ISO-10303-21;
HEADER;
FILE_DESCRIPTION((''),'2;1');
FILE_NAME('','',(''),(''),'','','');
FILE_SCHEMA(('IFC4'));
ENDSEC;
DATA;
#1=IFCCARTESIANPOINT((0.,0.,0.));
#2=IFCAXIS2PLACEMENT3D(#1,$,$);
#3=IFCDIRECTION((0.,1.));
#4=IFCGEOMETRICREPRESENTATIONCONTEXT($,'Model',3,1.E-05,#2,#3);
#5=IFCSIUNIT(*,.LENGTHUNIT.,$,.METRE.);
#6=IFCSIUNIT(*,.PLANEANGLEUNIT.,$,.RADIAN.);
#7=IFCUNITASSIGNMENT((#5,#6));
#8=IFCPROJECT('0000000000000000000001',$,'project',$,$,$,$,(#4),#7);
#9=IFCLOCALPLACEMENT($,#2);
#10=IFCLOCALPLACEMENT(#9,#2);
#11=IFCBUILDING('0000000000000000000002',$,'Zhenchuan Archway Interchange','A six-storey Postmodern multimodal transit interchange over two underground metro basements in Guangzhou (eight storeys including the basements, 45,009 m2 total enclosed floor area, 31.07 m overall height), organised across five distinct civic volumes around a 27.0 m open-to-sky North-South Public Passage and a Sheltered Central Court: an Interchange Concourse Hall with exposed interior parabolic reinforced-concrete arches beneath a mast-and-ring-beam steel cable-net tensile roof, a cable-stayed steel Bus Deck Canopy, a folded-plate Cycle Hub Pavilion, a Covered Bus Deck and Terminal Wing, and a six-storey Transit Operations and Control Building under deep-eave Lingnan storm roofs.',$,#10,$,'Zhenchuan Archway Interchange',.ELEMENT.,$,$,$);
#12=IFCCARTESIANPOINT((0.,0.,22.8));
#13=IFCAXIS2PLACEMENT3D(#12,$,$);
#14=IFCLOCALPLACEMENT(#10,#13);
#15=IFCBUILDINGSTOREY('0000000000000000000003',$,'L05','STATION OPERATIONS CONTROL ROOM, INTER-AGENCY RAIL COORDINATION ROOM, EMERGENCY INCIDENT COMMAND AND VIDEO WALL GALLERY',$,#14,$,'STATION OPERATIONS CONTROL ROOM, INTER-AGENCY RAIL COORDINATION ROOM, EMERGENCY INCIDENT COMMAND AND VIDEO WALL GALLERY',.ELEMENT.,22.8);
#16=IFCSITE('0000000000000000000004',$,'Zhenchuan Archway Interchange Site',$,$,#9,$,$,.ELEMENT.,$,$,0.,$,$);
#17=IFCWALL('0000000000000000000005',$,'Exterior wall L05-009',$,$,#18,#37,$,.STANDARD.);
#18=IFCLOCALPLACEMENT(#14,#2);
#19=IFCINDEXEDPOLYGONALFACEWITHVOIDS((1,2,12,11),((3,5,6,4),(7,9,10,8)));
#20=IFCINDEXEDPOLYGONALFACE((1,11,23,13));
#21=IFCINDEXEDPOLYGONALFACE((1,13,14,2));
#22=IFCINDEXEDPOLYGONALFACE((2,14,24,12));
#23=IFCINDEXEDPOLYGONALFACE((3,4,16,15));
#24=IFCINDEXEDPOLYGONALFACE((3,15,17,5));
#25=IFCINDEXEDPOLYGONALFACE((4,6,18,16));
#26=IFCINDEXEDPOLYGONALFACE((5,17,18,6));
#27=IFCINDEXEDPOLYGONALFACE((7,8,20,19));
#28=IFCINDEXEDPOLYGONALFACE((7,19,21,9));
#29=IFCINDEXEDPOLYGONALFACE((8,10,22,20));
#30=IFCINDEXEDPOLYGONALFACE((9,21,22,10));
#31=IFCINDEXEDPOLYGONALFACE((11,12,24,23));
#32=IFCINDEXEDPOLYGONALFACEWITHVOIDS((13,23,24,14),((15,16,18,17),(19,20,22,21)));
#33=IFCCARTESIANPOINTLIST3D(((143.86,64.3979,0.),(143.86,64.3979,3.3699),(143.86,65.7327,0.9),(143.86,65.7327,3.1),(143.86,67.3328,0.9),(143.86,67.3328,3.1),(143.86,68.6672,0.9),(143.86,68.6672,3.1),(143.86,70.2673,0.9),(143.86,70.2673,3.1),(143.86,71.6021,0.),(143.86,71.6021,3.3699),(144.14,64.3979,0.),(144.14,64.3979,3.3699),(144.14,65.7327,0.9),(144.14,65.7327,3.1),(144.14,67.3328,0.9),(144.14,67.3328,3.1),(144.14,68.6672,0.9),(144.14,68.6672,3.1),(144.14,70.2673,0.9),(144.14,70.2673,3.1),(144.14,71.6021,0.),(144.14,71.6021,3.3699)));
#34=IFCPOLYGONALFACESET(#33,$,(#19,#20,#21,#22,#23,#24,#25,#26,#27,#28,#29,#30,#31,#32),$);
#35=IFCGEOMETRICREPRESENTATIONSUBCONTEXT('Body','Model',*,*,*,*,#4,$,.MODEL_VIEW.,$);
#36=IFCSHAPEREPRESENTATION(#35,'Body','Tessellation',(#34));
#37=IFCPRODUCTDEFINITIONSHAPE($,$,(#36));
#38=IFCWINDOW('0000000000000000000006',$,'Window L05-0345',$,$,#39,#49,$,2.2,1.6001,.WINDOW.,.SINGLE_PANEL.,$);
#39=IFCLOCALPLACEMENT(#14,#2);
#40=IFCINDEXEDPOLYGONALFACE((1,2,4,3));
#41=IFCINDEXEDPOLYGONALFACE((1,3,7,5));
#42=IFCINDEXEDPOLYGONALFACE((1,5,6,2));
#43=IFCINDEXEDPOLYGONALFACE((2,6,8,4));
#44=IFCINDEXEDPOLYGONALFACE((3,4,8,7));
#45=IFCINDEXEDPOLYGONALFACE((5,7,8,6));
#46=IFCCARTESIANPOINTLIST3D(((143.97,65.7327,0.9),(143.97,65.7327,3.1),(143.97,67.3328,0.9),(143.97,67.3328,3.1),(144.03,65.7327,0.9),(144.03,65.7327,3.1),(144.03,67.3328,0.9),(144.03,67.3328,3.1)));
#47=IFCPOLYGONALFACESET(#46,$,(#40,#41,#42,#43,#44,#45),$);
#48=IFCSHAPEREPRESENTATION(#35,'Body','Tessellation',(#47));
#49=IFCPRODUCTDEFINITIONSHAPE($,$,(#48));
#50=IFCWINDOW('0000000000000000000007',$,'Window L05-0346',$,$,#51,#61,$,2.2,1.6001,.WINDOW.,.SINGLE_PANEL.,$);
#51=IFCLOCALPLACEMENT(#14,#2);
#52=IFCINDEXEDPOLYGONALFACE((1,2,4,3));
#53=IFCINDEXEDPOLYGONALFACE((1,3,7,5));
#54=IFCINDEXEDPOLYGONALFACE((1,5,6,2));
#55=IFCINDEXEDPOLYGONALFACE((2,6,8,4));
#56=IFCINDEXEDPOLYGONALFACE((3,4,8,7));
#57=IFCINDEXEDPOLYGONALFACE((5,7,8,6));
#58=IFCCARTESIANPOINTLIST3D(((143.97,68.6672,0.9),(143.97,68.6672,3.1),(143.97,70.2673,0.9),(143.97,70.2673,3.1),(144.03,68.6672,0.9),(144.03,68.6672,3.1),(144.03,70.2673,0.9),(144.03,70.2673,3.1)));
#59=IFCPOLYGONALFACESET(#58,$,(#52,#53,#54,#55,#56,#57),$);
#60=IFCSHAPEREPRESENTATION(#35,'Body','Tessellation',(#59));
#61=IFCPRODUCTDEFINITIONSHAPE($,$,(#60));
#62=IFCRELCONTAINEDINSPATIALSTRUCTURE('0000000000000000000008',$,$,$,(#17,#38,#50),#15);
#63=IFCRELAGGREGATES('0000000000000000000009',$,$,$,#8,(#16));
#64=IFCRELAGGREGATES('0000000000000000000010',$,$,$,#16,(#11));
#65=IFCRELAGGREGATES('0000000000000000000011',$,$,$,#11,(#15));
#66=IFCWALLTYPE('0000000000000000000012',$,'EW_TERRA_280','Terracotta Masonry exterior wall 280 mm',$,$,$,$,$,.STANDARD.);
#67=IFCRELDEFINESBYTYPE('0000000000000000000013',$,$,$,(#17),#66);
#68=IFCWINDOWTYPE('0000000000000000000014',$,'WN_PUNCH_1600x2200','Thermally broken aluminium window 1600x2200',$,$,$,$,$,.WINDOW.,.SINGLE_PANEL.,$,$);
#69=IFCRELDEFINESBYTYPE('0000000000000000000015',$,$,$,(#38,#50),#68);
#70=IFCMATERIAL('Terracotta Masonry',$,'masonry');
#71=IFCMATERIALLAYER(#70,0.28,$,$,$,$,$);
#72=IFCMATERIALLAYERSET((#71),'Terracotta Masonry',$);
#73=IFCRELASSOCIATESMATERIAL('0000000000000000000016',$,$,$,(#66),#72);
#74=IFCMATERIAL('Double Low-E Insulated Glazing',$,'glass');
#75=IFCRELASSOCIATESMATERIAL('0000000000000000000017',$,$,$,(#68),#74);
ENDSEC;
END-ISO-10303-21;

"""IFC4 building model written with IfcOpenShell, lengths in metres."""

from ifc_helpers import new_model, si_unit, direction, frame, frame_2d, origin, place, context, subcontext, project, spatial, rectangle, extrude, material, layer, layer_set, type_object, element, fill, save


model = new_model("IFC4")

# Units and contexts
model_context = context("Model", 3, precision=1e-05, world=origin(), true_north=direction((0.0, 1.0)))
body_context = subcontext(model_context, "Body", "Model", "MODEL_VIEW")
ifc_project = project(units=[si_unit("LENGTHUNIT", "METRE"), si_unit("PLANEANGLEUNIT", "RADIAN")], contexts=[model_context])

# Site, building, storey
site_placement = place(None, origin())
site = spatial("IfcSite", under=ifc_project, at=site_placement, Name="Zhenchuan Archway Interchange Site", CompositionType="ELEMENT", RefElevation=0.0)
building_placement = place(site_placement, origin())
building = spatial("IfcBuilding", under=site, at=building_placement, Name="Zhenchuan Archway Interchange", Description="A six-storey Postmodern multimodal transit interchange over two underground metro basements in Guangzhou (eight storeys including the basements, 45,009 m2 total enclosed floor area, 31.07 m overall height), organised across five distinct civic volumes around a 27.0 m open-to-sky North-South Public Passage and a Sheltered Central Court: an Interchange Concourse Hall with exposed interior parabolic reinforced-concrete arches beneath a mast-and-ring-beam steel cable-net tensile roof, a cable-stayed steel Bus Deck Canopy, a folded-plate Cycle Hub Pavilion, a Covered Bus Deck and Terminal Wing, and a six-storey Transit Operations and Control Building under deep-eave Lingnan storm roofs.", LongName="Zhenchuan Archway Interchange", CompositionType="ELEMENT")
storey_placement = place(building_placement, frame((0.0, 0.0, 22.8)))
storey = spatial("IfcBuildingStorey", under=building, at=storey_placement, Name="L05", Description="STATION OPERATIONS CONTROL ROOM, INTER-AGENCY RAIL COORDINATION ROOM, EMERGENCY INCIDENT COMMAND AND VIDEO WALL GALLERY", LongName="STATION OPERATIONS CONTROL ROOM, INTER-AGENCY RAIL COORDINATION ROOM, EMERGENCY INCIDENT COMMAND AND VIDEO WALL GALLERY", CompositionType="ELEMENT", Elevation=22.8)

# Shared definitions
ifc_material_1 = material(Name="Double Low-E Insulated Glazing", Category="glass")

# Wall, openings, windows
ifc_material_2 = material(Name="Terracotta Masonry", Category="masonry")
ifc_layer_1 = layer(ifc_material_2, 0.28)
ifc_layer_set_1 = layer_set([ifc_layer_1], Name="Terracotta Masonry")
wall_type = type_object("IfcWallType", Name="EW_TERRA_280", Description="Terracotta Masonry exterior wall 280 mm", PredefinedType="STANDARD", material=ifc_layer_set_1)
wall_placement = place(storey_placement, frame((144.0, 64.3979, 0.0), z_axis=(0.0, 0.0, 1.0), x_axis=(0.0, 1.0, 0.0)))
wall = element("IfcWall", 1, at=wall_placement, inside=storey, type_object=wall_type, Name="Exterior wall L05-009", PredefinedType="STANDARD", context=body_context, shape_type="SweptSolid", body=[
    extrude(rectangle(XDim=7.2041, YDim=0.28, at=frame_2d((3.6021, 0.0))), origin(), (0.0, 0.0, 1.0), 3.3699),
])
opening_1_placement = place(wall_placement, frame((1.3347, 0.0, 0.8999)))
opening_1 = element("IfcOpeningElement", 2, at=opening_1_placement, cuts=wall, PredefinedType="OPENING", context=body_context, shape_type="SweptSolid", body=[
    extrude(rectangle(XDim=1.6001, YDim=2.2, at=frame_2d((0.8, 1.1001))), frame((0.0, 0.1519, 0.0), z_axis=(0.0, -1.0, 0.0), x_axis=(1.0, 0.0, 0.0)), (0.0, 0.0, 1.0), 0.304),
])
opening_2_placement = place(wall_placement, frame((4.2693, 0.0, 0.8999)))
opening_2 = element("IfcOpeningElement", 3, at=opening_2_placement, cuts=wall, PredefinedType="OPENING", context=body_context, shape_type="SweptSolid", body=[
    extrude(rectangle(XDim=1.6001, YDim=2.2, at=frame_2d((0.8, 1.1001))), frame((0.0, 0.1519, 0.0), z_axis=(0.0, -1.0, 0.0), x_axis=(1.0, 0.0, 0.0)), (0.0, 0.0, 1.0), 0.304),
])
window_type = type_object("IfcWindowType", Name="WN_PUNCH_1600x2200", Description="Thermally broken aluminium window 1600x2200", PartitioningType="SINGLE_PANEL", PredefinedType="WINDOW", material=ifc_material_1)
window_1_placement = place(opening_1_placement, origin())
window_1 = element("IfcWindow", 4, at=window_1_placement, inside=storey, type_object=window_type, Name="Window L05-0345", OverallHeight=2.2, OverallWidth=1.6001, PartitioningType="SINGLE_PANEL", PredefinedType="WINDOW", context=body_context, shape_type="SweptSolid", body=[
    extrude(rectangle(XDim=1.6001, YDim=2.2, at=frame_2d((0.8, 1.1001))), frame((0.0, 0.03, 0.0), z_axis=(0.0, -1.0, 0.0), x_axis=(1.0, 0.0, 0.0)), (0.0, 0.0, 1.0), 0.0601),
])
fill(opening_1, window_1)
window_2_placement = place(opening_2_placement, origin())
window_2 = element("IfcWindow", 5, at=window_2_placement, inside=storey, type_object=window_type, Name="Window L05-0346", OverallHeight=2.2, OverallWidth=1.6001, PartitioningType="SINGLE_PANEL", PredefinedType="WINDOW", context=body_context, shape_type="SweptSolid", body=[
    extrude(rectangle(XDim=1.6001, YDim=2.2, at=frame_2d((0.8, 1.1001))), frame((0.0, 0.03, 0.0), z_axis=(0.0, -1.0, 0.0), x_axis=(1.0, 0.0, 0.0)), (0.0, 0.0, 1.0), 0.0601),
])
fill(opening_2, window_2)

save(model, "model.ifc")
